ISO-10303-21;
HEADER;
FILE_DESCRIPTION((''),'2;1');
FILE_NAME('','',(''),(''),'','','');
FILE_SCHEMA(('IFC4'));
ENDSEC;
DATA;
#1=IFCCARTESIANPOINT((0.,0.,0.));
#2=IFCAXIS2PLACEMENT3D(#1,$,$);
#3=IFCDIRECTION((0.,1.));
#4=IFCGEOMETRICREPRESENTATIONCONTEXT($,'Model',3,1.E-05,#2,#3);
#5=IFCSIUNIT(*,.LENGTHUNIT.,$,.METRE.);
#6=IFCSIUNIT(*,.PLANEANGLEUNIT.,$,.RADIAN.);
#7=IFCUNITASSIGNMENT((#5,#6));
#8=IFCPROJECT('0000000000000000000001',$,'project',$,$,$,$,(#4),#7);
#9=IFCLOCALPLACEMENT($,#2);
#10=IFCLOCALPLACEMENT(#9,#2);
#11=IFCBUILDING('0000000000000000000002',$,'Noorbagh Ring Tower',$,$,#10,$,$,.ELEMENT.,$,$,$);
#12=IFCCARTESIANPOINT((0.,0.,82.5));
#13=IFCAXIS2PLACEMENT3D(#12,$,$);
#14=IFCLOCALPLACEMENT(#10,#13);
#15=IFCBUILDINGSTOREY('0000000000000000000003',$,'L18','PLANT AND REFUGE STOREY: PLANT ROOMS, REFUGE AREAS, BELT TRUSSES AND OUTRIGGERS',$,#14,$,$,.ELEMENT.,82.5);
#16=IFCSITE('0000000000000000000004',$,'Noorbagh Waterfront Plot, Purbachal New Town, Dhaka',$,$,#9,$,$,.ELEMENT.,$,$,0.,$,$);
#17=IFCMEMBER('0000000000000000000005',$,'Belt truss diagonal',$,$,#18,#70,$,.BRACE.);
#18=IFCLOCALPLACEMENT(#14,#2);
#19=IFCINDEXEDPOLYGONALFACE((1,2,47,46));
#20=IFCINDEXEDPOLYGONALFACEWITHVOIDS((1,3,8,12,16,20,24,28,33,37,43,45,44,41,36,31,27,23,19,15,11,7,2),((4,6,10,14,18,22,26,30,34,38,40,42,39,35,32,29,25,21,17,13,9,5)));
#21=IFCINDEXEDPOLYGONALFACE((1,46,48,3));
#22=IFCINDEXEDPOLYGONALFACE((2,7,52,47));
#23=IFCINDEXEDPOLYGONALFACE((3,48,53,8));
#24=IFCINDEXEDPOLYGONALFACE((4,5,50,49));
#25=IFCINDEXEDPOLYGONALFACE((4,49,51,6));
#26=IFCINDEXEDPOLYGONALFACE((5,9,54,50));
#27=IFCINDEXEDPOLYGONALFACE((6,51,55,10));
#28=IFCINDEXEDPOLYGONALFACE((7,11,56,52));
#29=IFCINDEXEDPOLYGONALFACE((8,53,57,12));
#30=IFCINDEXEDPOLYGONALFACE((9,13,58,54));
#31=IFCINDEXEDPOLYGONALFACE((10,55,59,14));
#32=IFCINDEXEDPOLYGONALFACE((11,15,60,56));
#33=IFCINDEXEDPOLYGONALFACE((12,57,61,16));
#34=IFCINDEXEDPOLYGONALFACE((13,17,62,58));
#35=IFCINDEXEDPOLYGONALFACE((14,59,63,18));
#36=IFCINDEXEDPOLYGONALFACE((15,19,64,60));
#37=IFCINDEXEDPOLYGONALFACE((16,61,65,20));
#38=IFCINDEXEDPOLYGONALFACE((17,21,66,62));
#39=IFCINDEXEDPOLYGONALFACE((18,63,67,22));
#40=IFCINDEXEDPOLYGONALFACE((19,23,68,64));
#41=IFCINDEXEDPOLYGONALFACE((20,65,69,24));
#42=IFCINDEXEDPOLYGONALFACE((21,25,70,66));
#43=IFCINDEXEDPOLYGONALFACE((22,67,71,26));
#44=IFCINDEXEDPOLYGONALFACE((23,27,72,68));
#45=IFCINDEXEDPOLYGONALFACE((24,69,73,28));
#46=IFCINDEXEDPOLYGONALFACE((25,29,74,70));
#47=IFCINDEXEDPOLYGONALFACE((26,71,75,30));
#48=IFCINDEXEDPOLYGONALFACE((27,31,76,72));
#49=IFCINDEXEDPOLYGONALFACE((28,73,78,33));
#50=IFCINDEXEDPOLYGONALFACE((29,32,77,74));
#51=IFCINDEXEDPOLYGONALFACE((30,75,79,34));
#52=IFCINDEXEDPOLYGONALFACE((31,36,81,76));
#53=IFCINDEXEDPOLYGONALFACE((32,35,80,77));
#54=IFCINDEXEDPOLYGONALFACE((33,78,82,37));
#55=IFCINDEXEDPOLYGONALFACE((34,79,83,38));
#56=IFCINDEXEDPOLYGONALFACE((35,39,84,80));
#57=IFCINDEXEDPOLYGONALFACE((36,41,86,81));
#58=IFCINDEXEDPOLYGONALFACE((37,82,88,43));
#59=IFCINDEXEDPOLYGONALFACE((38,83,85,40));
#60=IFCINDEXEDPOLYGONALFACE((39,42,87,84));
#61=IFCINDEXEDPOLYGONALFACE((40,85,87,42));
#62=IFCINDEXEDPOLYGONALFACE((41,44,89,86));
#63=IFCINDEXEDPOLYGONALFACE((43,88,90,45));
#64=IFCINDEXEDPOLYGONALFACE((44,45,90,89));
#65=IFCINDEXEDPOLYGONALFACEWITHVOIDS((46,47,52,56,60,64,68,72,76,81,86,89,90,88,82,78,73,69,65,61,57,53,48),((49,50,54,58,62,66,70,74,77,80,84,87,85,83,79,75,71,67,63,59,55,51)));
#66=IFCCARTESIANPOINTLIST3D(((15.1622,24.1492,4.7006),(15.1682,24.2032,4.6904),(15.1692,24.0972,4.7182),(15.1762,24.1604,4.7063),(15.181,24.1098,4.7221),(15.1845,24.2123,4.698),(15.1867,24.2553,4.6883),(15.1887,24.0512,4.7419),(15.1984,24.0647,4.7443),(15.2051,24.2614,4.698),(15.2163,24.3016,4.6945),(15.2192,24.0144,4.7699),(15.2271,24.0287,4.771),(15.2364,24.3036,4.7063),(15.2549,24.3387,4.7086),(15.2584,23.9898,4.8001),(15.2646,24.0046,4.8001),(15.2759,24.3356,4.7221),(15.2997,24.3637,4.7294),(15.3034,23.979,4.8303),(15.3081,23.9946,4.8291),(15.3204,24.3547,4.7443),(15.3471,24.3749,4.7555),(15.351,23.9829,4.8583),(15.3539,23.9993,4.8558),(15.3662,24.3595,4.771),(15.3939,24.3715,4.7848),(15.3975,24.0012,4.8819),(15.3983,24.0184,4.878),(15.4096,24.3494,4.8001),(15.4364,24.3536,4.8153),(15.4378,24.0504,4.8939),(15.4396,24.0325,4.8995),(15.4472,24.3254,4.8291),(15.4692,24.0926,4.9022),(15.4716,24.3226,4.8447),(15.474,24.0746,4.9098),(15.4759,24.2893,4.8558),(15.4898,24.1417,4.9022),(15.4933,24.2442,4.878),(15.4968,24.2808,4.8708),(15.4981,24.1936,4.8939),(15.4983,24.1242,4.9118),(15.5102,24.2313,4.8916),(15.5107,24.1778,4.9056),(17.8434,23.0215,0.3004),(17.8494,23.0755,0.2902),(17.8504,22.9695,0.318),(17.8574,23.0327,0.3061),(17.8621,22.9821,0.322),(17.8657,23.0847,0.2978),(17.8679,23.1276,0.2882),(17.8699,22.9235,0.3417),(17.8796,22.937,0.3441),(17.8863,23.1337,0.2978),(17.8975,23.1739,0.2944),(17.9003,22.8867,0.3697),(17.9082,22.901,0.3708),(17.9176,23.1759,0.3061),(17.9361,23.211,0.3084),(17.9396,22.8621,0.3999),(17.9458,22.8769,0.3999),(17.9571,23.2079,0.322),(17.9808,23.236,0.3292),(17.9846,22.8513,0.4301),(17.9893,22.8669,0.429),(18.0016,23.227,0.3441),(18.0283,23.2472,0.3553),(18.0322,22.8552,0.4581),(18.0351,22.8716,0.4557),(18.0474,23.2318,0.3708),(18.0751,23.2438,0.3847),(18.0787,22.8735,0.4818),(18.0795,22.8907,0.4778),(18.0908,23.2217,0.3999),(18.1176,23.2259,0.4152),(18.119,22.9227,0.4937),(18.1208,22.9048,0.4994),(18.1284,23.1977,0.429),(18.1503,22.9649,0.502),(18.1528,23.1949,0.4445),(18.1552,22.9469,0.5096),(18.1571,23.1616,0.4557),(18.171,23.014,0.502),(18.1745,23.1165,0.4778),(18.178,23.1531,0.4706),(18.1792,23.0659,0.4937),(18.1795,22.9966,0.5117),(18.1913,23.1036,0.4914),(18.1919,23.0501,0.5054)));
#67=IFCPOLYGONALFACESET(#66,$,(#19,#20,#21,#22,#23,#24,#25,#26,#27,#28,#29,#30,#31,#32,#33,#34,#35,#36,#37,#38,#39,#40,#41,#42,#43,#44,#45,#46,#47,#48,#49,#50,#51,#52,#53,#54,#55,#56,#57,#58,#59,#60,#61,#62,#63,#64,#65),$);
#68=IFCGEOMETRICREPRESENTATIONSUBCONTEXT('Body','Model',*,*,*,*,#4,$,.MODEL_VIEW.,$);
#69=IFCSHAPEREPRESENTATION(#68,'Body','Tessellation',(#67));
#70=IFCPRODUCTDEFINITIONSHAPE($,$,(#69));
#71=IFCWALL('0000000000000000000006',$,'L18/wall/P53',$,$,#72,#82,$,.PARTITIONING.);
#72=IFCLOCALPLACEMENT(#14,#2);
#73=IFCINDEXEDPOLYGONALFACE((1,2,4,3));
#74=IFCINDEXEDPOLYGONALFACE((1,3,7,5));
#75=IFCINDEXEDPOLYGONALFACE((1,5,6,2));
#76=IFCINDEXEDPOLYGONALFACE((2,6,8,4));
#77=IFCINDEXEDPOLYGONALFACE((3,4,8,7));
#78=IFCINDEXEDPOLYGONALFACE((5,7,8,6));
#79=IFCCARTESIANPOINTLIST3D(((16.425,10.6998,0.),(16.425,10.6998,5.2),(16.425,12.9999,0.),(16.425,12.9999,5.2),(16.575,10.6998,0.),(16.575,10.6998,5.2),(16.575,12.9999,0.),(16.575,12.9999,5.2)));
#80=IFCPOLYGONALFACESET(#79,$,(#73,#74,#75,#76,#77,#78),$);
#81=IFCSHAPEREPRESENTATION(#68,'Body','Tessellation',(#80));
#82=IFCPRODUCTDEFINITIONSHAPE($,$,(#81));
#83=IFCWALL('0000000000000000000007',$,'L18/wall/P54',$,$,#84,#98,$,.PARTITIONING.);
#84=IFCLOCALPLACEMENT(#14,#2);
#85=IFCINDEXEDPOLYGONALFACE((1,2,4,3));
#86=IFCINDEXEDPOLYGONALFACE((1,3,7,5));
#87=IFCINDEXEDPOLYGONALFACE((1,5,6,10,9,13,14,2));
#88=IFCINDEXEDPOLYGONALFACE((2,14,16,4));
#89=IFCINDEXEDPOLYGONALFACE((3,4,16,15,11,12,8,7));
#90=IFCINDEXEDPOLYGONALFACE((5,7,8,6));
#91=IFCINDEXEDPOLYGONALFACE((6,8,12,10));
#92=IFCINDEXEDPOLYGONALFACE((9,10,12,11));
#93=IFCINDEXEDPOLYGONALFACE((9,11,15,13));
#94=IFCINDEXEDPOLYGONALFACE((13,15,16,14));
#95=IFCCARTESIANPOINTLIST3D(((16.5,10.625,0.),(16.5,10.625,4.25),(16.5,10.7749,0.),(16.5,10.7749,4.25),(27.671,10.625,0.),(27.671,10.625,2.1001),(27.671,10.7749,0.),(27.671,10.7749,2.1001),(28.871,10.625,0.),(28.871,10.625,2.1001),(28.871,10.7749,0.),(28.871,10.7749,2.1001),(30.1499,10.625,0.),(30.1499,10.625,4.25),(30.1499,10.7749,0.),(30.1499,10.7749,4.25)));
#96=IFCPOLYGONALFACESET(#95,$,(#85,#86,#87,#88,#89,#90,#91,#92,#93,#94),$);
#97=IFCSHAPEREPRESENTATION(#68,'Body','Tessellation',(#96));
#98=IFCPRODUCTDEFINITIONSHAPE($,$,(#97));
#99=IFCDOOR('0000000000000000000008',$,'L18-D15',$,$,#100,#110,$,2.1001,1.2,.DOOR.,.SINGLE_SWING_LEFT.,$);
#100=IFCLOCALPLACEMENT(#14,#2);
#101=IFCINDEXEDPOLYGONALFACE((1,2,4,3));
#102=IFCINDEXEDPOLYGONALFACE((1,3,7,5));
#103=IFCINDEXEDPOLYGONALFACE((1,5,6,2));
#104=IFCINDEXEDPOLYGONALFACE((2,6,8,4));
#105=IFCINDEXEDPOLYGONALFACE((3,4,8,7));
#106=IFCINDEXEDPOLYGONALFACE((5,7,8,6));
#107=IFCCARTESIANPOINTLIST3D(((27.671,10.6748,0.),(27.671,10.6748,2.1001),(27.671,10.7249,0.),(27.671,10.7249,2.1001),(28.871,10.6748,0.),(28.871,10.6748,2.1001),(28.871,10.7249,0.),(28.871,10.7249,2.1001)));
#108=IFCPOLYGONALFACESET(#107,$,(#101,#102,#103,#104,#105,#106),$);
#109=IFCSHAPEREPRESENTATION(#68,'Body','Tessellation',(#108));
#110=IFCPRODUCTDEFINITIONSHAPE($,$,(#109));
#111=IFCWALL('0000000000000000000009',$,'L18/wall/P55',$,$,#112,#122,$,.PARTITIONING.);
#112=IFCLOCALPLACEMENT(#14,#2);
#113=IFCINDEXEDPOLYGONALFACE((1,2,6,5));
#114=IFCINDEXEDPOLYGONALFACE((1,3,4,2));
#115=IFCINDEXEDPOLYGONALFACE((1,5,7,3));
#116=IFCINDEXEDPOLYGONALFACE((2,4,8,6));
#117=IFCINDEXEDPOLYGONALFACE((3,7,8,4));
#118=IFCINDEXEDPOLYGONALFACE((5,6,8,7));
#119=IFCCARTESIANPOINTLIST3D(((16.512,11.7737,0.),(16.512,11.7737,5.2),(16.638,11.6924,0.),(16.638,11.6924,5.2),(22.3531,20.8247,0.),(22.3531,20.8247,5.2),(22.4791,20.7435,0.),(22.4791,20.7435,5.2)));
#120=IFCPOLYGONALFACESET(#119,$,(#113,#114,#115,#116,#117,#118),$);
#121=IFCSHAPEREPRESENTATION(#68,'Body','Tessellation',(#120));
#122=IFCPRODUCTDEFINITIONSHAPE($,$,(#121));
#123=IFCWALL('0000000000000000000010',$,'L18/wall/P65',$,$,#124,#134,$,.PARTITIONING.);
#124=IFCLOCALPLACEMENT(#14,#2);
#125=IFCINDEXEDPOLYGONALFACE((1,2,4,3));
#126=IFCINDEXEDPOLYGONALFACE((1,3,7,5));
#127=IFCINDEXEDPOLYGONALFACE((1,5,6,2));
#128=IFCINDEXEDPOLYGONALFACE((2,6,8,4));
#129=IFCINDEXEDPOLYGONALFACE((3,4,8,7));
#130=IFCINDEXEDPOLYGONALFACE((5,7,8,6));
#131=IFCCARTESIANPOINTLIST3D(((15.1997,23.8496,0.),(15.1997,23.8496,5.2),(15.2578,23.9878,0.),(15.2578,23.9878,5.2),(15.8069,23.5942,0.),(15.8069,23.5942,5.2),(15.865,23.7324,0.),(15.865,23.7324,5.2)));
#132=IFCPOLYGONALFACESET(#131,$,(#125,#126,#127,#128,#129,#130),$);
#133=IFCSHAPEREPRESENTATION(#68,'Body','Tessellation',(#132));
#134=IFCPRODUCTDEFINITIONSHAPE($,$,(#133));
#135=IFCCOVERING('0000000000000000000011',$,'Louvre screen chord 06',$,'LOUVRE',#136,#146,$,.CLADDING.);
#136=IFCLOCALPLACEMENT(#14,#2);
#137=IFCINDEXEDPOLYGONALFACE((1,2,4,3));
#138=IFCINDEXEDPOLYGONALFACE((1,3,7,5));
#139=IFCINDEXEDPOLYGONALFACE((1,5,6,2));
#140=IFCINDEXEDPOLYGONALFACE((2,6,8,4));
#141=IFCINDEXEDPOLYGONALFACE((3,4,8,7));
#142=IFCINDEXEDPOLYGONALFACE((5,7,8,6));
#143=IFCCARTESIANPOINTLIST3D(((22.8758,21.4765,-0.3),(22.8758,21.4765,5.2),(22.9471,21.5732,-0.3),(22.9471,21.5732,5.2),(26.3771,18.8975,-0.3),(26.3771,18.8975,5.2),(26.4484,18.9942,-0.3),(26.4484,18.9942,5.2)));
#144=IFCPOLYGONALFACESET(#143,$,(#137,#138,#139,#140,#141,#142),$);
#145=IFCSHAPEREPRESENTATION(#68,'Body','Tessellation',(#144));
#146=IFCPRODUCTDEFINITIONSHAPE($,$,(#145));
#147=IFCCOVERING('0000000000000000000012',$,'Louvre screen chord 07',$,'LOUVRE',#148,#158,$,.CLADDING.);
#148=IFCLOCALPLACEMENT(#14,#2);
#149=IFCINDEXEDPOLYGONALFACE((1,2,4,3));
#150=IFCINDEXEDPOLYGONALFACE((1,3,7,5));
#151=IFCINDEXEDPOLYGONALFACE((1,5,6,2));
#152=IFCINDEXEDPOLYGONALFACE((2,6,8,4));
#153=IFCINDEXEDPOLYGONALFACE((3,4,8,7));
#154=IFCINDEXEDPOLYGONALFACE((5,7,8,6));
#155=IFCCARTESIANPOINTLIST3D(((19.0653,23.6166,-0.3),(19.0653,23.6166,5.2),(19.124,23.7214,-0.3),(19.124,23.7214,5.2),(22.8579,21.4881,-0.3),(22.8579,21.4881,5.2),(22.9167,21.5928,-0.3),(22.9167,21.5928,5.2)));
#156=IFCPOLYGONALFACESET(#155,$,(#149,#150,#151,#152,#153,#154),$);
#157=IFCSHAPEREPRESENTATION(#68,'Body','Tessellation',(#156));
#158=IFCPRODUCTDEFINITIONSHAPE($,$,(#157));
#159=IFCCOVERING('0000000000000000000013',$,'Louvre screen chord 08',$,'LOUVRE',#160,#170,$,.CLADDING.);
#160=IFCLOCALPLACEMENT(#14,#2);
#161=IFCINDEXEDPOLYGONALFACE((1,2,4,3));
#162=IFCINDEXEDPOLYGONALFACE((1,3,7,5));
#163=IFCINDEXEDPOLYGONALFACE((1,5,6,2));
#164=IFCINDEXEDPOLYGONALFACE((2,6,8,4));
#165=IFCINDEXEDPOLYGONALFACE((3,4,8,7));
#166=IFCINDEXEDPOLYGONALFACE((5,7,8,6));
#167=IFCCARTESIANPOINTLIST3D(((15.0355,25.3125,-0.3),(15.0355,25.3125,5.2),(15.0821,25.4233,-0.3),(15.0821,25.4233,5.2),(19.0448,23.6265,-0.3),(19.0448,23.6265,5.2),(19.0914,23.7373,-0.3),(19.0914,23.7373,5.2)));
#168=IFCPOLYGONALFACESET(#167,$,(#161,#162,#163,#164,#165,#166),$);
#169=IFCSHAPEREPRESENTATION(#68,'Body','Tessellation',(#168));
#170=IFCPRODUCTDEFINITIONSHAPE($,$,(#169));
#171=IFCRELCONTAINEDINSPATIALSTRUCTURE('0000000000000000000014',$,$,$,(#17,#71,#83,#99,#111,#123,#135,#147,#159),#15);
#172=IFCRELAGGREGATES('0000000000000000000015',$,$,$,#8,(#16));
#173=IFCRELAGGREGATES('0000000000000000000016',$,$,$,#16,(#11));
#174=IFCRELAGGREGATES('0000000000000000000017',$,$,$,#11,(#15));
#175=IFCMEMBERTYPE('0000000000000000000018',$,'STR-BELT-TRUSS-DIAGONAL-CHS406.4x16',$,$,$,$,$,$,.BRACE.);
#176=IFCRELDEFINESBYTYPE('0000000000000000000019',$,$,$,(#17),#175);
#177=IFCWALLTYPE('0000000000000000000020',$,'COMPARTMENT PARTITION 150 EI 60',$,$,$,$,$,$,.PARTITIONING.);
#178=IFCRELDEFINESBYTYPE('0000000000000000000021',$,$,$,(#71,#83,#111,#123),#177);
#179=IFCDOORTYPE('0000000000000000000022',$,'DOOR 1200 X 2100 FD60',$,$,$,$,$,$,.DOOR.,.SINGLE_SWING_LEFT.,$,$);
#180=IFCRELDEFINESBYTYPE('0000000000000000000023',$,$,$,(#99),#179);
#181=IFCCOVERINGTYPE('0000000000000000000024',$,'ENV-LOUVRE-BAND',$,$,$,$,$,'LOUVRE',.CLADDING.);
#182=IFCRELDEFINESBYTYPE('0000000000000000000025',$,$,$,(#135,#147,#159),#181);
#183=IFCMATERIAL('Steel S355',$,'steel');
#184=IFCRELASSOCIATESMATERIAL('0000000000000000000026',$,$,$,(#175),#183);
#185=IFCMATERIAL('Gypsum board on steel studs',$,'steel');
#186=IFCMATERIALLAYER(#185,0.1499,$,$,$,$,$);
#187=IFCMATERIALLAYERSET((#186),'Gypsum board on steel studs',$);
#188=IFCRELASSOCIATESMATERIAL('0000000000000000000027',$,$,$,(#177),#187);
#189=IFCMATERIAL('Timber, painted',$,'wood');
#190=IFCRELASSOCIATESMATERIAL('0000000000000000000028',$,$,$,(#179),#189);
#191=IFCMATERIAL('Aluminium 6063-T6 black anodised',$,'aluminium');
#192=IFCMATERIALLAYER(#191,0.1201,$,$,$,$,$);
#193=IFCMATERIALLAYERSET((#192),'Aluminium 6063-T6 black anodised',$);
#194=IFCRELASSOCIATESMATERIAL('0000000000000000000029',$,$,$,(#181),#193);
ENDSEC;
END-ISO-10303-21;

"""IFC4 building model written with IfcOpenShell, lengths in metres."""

from ifc_helpers import new_model, si_unit, direction, frame, frame_2d, origin, origin_2d, place, context, subcontext, project, spatial, rectangle, hollow_circle, extrude, material, layer, layer_set, material_profile, profile_set, type_object, element, fill, save


model = new_model("IFC4")

# Units and contexts
model_context = context("Model", 3, precision=1e-05, world=origin(), true_north=direction((0.0, 1.0)))
body_context = subcontext(model_context, "Body", "Model", "MODEL_VIEW")
ifc_project = project(units=[si_unit("LENGTHUNIT", "METRE"), si_unit("PLANEANGLEUNIT", "RADIAN")], contexts=[model_context])

# Site, building, storey
site_placement = place(None, origin())
site = spatial("IfcSite", under=ifc_project, at=site_placement, Name="Noorbagh Waterfront Plot, Purbachal New Town, Dhaka", CompositionType="ELEMENT", RefElevation=0.0)
building_placement = place(site_placement, origin())
building = spatial("IfcBuilding", under=site, at=building_placement, Name="Noorbagh Ring Tower", CompositionType="ELEMENT")
storey_placement = place(building_placement, frame((0.0, 0.0, 82.5)))
storey = spatial("IfcBuildingStorey", under=building, at=storey_placement, Name="L18", Description="PLANT AND REFUGE STOREY: PLANT ROOMS, REFUGE AREAS, BELT TRUSSES AND OUTRIGGERS", CompositionType="ELEMENT", Elevation=82.5)

# Member
ifc_material_1 = material(Name="Steel S355", Category="steel")
ifc_material_profile_1 = material_profile(ifc_material_1, hollow_circle(Radius=0.2031, WallThickness=0.0161, at=origin_2d()), Name="CHS406.4x16")
ifc_profile_set_1 = profile_set([ifc_material_profile_1], Name="Steel S355")
member_type = type_object("IfcMemberType", Name="STR-BELT-TRUSS-DIAGONAL-CHS406.4x16", PredefinedType="BRACE", material=ifc_profile_set_1)
member_1_placement = place(storey_placement, frame((18.0183, 23.0493, 0.3999), z_axis=(-0.508313, 0.213795, 0.834212), x_axis=(-0.3877, -0.921785, 0.0)))
element("IfcMember", 1, at=member_1_placement, inside=storey, type_object=member_type, Name="Belt truss diagonal", PredefinedType="BRACE", context=body_context, shape_type="SweptSolid", body=[
    extrude(hollow_circle(Radius=0.2031, WallThickness=0.0161, at=origin_2d()), origin(), (0.0, 0.0, 1.0), 5.2747),
])

# Wall
ifc_material_2 = material(Name="Gypsum board on steel studs", Category="steel")
ifc_layer_1 = layer(ifc_material_2, 0.1499)
ifc_layer_set_1 = layer_set([ifc_layer_1], Name="Gypsum board on steel studs")
wall_type = type_object("IfcWallType", Name="COMPARTMENT PARTITION 150 EI 60", PredefinedType="PARTITIONING", material=ifc_layer_set_1)
wall_1_placement = place(storey_placement, frame((16.5, 10.7, 0.0), z_axis=(0.0, 0.0, 1.0), x_axis=(0.0, 1.0, 0.0)))
element("IfcWall", 2, at=wall_1_placement, inside=storey, type_object=wall_type, Name="L18/wall/P53", PredefinedType="PARTITIONING", context=body_context, shape_type="SweptSolid", body=[
    extrude(rectangle(XDim=2.3, YDim=0.1499, at=frame_2d((1.1499, 0.0))), origin(), (0.0, 0.0, 1.0), 5.2),
])

# Wall, opening, door
wall_2_placement = place(storey_placement, frame((16.5, 10.7, 0.0), z_axis=(0.0, 0.0, 1.0), x_axis=(1.0, 0.0, 0.0)))
wall_2 = element("IfcWall", 3, at=wall_2_placement, inside=storey, type_object=wall_type, Name="L18/wall/P54", PredefinedType="PARTITIONING", context=body_context, shape_type="SweptSolid", body=[
    extrude(rectangle(XDim=13.6499, YDim=0.1499, at=frame_2d((6.825, 0.0))), origin(), (0.0, 0.0, 1.0), 4.25),
])
opening_placement = place(wall_2_placement, frame((11.1709, 0.0, 0.0)))
opening = element("IfcOpeningElement", 4, at=opening_placement, cuts=wall_2, PredefinedType="OPENING", context=body_context, shape_type="SweptSolid", body=[
    extrude(rectangle(XDim=1.2, YDim=2.1001, at=frame_2d((0.6001, 1.05))), frame((0.0, 0.085, 0.0), z_axis=(0.0, -1.0, 0.0), x_axis=(1.0, 0.0, 0.0)), (0.0, 0.0, 1.0), 0.1699),
])
ifc_material_3 = material(Name="Timber, painted", Category="wood")
door_type = type_object("IfcDoorType", Name="DOOR 1200 X 2100 FD60", OperationType="SINGLE_SWING_LEFT", PredefinedType="DOOR", material=ifc_material_3)
door_placement = place(opening_placement, origin())
door = element("IfcDoor", 5, at=door_placement, inside=storey, type_object=door_type, Name="L18-D15", OperationType="SINGLE_SWING_LEFT", OverallHeight=2.1001, OverallWidth=1.2, PredefinedType="DOOR", context=body_context, shape_type="SweptSolid", body=[
    extrude(rectangle(XDim=1.2, YDim=2.1001, at=frame_2d((0.6001, 1.05))), frame((0.0, 0.0249, 0.0), z_axis=(0.0, -1.0, 0.0), x_axis=(1.0, 0.0, 0.0)), (0.0, 0.0, 1.0), 0.05),
])
fill(opening, door)

# Walls
wall_3_placement = place(storey_placement, frame((16.575, 11.7329, 0.0), z_axis=(0.0, 0.0, 1.0), x_axis=(0.542238, 0.840225, 0.0)))
element("IfcWall", 6, at=wall_3_placement, inside=storey, type_object=wall_type, Name="L18/wall/P55", PredefinedType="PARTITIONING", context=body_context, shape_type="SweptSolid", body=[
    extrude(rectangle(XDim=10.7722, YDim=0.1499, at=frame_2d((5.3862, 0.0))), origin(), (0.0, 0.0, 1.0), 5.2),
])
wall_4_placement = place(storey_placement, frame((15.8359, 23.6633, 0.0), z_axis=(0.0, 0.0, 1.0), x_axis=(-0.921789, 0.387692, 0.0)))
element("IfcWall", 7, at=wall_4_placement, inside=storey, type_object=wall_type, Name="L18/wall/P65", PredefinedType="PARTITIONING", context=body_context, shape_type="SweptSolid", body=[
    extrude(rectangle(XDim=0.6587, YDim=0.1499, at=frame_2d((0.3293, 0.0))), origin(), (0.0, 0.0, 1.0), 5.2),
])

# Coverings
ifc_material_4 = material(Name="Aluminium 6063-T6 black anodised", Category="aluminium")
ifc_layer_2 = layer(ifc_material_4, 0.1201)
ifc_layer_set_2 = layer_set([ifc_layer_2], Name="Aluminium 6063-T6 black anodised")
covering_type_1 = type_object("IfcCoveringType", Name="ENV-LOUVRE-BAND", ElementType="LOUVRE", PredefinedType="CLADDING", material=ifc_layer_set_2)
covering_1_placement = place(storey_placement, frame((24.6621, 20.2354, -0.3), z_axis=(0.0, 0.0, 1.0), x_axis=(-0.805153, 0.593067, 0.0)))
element("IfcCovering", 8, at=covering_1_placement, inside=storey, type_object=covering_type_1, Name="Louvre screen chord 06", ObjectType="LOUVRE", PredefinedType="CLADDING", context=body_context, shape_type="SweptSolid", body=[
    extrude(rectangle(XDim=4.3486, YDim=0.1201, at=origin_2d()), origin(), (0.0, 0.0, 1.0), 5.5),
])
covering_2_placement = place(storey_placement, frame((20.991, 22.6047, -0.3), z_axis=(0.0, 0.0, 1.0), x_axis=(-0.872045, 0.489426, 0.0)))
element("IfcCovering", 9, at=covering_2_placement, inside=storey, type_object=covering_type_1, Name="Louvre screen chord 07", ObjectType="LOUVRE", PredefinedType="CLADDING", context=body_context, shape_type="SweptSolid", body=[
    extrude(rectangle(XDim=4.3491, YDim=0.1201, at=origin_2d()), origin(), (0.0, 0.0, 1.0), 5.5),
])
covering_3_placement = place(storey_placement, frame((17.0635, 24.5249, -0.3), z_axis=(0.0, 0.0, 1.0), x_axis=(-0.921812, 0.387638, 0.0)))
element("IfcCovering", 10, at=covering_3_placement, inside=storey, type_object=covering_type_1, Name="Louvre screen chord 08", ObjectType="LOUVRE", PredefinedType="CLADDING", context=body_context, shape_type="SweptSolid", body=[
    extrude(rectangle(XDim=4.3494, YDim=0.1201, at=origin_2d()), origin(), (0.0, 0.0, 1.0), 5.5),
])

save(model, "model.ifc")
